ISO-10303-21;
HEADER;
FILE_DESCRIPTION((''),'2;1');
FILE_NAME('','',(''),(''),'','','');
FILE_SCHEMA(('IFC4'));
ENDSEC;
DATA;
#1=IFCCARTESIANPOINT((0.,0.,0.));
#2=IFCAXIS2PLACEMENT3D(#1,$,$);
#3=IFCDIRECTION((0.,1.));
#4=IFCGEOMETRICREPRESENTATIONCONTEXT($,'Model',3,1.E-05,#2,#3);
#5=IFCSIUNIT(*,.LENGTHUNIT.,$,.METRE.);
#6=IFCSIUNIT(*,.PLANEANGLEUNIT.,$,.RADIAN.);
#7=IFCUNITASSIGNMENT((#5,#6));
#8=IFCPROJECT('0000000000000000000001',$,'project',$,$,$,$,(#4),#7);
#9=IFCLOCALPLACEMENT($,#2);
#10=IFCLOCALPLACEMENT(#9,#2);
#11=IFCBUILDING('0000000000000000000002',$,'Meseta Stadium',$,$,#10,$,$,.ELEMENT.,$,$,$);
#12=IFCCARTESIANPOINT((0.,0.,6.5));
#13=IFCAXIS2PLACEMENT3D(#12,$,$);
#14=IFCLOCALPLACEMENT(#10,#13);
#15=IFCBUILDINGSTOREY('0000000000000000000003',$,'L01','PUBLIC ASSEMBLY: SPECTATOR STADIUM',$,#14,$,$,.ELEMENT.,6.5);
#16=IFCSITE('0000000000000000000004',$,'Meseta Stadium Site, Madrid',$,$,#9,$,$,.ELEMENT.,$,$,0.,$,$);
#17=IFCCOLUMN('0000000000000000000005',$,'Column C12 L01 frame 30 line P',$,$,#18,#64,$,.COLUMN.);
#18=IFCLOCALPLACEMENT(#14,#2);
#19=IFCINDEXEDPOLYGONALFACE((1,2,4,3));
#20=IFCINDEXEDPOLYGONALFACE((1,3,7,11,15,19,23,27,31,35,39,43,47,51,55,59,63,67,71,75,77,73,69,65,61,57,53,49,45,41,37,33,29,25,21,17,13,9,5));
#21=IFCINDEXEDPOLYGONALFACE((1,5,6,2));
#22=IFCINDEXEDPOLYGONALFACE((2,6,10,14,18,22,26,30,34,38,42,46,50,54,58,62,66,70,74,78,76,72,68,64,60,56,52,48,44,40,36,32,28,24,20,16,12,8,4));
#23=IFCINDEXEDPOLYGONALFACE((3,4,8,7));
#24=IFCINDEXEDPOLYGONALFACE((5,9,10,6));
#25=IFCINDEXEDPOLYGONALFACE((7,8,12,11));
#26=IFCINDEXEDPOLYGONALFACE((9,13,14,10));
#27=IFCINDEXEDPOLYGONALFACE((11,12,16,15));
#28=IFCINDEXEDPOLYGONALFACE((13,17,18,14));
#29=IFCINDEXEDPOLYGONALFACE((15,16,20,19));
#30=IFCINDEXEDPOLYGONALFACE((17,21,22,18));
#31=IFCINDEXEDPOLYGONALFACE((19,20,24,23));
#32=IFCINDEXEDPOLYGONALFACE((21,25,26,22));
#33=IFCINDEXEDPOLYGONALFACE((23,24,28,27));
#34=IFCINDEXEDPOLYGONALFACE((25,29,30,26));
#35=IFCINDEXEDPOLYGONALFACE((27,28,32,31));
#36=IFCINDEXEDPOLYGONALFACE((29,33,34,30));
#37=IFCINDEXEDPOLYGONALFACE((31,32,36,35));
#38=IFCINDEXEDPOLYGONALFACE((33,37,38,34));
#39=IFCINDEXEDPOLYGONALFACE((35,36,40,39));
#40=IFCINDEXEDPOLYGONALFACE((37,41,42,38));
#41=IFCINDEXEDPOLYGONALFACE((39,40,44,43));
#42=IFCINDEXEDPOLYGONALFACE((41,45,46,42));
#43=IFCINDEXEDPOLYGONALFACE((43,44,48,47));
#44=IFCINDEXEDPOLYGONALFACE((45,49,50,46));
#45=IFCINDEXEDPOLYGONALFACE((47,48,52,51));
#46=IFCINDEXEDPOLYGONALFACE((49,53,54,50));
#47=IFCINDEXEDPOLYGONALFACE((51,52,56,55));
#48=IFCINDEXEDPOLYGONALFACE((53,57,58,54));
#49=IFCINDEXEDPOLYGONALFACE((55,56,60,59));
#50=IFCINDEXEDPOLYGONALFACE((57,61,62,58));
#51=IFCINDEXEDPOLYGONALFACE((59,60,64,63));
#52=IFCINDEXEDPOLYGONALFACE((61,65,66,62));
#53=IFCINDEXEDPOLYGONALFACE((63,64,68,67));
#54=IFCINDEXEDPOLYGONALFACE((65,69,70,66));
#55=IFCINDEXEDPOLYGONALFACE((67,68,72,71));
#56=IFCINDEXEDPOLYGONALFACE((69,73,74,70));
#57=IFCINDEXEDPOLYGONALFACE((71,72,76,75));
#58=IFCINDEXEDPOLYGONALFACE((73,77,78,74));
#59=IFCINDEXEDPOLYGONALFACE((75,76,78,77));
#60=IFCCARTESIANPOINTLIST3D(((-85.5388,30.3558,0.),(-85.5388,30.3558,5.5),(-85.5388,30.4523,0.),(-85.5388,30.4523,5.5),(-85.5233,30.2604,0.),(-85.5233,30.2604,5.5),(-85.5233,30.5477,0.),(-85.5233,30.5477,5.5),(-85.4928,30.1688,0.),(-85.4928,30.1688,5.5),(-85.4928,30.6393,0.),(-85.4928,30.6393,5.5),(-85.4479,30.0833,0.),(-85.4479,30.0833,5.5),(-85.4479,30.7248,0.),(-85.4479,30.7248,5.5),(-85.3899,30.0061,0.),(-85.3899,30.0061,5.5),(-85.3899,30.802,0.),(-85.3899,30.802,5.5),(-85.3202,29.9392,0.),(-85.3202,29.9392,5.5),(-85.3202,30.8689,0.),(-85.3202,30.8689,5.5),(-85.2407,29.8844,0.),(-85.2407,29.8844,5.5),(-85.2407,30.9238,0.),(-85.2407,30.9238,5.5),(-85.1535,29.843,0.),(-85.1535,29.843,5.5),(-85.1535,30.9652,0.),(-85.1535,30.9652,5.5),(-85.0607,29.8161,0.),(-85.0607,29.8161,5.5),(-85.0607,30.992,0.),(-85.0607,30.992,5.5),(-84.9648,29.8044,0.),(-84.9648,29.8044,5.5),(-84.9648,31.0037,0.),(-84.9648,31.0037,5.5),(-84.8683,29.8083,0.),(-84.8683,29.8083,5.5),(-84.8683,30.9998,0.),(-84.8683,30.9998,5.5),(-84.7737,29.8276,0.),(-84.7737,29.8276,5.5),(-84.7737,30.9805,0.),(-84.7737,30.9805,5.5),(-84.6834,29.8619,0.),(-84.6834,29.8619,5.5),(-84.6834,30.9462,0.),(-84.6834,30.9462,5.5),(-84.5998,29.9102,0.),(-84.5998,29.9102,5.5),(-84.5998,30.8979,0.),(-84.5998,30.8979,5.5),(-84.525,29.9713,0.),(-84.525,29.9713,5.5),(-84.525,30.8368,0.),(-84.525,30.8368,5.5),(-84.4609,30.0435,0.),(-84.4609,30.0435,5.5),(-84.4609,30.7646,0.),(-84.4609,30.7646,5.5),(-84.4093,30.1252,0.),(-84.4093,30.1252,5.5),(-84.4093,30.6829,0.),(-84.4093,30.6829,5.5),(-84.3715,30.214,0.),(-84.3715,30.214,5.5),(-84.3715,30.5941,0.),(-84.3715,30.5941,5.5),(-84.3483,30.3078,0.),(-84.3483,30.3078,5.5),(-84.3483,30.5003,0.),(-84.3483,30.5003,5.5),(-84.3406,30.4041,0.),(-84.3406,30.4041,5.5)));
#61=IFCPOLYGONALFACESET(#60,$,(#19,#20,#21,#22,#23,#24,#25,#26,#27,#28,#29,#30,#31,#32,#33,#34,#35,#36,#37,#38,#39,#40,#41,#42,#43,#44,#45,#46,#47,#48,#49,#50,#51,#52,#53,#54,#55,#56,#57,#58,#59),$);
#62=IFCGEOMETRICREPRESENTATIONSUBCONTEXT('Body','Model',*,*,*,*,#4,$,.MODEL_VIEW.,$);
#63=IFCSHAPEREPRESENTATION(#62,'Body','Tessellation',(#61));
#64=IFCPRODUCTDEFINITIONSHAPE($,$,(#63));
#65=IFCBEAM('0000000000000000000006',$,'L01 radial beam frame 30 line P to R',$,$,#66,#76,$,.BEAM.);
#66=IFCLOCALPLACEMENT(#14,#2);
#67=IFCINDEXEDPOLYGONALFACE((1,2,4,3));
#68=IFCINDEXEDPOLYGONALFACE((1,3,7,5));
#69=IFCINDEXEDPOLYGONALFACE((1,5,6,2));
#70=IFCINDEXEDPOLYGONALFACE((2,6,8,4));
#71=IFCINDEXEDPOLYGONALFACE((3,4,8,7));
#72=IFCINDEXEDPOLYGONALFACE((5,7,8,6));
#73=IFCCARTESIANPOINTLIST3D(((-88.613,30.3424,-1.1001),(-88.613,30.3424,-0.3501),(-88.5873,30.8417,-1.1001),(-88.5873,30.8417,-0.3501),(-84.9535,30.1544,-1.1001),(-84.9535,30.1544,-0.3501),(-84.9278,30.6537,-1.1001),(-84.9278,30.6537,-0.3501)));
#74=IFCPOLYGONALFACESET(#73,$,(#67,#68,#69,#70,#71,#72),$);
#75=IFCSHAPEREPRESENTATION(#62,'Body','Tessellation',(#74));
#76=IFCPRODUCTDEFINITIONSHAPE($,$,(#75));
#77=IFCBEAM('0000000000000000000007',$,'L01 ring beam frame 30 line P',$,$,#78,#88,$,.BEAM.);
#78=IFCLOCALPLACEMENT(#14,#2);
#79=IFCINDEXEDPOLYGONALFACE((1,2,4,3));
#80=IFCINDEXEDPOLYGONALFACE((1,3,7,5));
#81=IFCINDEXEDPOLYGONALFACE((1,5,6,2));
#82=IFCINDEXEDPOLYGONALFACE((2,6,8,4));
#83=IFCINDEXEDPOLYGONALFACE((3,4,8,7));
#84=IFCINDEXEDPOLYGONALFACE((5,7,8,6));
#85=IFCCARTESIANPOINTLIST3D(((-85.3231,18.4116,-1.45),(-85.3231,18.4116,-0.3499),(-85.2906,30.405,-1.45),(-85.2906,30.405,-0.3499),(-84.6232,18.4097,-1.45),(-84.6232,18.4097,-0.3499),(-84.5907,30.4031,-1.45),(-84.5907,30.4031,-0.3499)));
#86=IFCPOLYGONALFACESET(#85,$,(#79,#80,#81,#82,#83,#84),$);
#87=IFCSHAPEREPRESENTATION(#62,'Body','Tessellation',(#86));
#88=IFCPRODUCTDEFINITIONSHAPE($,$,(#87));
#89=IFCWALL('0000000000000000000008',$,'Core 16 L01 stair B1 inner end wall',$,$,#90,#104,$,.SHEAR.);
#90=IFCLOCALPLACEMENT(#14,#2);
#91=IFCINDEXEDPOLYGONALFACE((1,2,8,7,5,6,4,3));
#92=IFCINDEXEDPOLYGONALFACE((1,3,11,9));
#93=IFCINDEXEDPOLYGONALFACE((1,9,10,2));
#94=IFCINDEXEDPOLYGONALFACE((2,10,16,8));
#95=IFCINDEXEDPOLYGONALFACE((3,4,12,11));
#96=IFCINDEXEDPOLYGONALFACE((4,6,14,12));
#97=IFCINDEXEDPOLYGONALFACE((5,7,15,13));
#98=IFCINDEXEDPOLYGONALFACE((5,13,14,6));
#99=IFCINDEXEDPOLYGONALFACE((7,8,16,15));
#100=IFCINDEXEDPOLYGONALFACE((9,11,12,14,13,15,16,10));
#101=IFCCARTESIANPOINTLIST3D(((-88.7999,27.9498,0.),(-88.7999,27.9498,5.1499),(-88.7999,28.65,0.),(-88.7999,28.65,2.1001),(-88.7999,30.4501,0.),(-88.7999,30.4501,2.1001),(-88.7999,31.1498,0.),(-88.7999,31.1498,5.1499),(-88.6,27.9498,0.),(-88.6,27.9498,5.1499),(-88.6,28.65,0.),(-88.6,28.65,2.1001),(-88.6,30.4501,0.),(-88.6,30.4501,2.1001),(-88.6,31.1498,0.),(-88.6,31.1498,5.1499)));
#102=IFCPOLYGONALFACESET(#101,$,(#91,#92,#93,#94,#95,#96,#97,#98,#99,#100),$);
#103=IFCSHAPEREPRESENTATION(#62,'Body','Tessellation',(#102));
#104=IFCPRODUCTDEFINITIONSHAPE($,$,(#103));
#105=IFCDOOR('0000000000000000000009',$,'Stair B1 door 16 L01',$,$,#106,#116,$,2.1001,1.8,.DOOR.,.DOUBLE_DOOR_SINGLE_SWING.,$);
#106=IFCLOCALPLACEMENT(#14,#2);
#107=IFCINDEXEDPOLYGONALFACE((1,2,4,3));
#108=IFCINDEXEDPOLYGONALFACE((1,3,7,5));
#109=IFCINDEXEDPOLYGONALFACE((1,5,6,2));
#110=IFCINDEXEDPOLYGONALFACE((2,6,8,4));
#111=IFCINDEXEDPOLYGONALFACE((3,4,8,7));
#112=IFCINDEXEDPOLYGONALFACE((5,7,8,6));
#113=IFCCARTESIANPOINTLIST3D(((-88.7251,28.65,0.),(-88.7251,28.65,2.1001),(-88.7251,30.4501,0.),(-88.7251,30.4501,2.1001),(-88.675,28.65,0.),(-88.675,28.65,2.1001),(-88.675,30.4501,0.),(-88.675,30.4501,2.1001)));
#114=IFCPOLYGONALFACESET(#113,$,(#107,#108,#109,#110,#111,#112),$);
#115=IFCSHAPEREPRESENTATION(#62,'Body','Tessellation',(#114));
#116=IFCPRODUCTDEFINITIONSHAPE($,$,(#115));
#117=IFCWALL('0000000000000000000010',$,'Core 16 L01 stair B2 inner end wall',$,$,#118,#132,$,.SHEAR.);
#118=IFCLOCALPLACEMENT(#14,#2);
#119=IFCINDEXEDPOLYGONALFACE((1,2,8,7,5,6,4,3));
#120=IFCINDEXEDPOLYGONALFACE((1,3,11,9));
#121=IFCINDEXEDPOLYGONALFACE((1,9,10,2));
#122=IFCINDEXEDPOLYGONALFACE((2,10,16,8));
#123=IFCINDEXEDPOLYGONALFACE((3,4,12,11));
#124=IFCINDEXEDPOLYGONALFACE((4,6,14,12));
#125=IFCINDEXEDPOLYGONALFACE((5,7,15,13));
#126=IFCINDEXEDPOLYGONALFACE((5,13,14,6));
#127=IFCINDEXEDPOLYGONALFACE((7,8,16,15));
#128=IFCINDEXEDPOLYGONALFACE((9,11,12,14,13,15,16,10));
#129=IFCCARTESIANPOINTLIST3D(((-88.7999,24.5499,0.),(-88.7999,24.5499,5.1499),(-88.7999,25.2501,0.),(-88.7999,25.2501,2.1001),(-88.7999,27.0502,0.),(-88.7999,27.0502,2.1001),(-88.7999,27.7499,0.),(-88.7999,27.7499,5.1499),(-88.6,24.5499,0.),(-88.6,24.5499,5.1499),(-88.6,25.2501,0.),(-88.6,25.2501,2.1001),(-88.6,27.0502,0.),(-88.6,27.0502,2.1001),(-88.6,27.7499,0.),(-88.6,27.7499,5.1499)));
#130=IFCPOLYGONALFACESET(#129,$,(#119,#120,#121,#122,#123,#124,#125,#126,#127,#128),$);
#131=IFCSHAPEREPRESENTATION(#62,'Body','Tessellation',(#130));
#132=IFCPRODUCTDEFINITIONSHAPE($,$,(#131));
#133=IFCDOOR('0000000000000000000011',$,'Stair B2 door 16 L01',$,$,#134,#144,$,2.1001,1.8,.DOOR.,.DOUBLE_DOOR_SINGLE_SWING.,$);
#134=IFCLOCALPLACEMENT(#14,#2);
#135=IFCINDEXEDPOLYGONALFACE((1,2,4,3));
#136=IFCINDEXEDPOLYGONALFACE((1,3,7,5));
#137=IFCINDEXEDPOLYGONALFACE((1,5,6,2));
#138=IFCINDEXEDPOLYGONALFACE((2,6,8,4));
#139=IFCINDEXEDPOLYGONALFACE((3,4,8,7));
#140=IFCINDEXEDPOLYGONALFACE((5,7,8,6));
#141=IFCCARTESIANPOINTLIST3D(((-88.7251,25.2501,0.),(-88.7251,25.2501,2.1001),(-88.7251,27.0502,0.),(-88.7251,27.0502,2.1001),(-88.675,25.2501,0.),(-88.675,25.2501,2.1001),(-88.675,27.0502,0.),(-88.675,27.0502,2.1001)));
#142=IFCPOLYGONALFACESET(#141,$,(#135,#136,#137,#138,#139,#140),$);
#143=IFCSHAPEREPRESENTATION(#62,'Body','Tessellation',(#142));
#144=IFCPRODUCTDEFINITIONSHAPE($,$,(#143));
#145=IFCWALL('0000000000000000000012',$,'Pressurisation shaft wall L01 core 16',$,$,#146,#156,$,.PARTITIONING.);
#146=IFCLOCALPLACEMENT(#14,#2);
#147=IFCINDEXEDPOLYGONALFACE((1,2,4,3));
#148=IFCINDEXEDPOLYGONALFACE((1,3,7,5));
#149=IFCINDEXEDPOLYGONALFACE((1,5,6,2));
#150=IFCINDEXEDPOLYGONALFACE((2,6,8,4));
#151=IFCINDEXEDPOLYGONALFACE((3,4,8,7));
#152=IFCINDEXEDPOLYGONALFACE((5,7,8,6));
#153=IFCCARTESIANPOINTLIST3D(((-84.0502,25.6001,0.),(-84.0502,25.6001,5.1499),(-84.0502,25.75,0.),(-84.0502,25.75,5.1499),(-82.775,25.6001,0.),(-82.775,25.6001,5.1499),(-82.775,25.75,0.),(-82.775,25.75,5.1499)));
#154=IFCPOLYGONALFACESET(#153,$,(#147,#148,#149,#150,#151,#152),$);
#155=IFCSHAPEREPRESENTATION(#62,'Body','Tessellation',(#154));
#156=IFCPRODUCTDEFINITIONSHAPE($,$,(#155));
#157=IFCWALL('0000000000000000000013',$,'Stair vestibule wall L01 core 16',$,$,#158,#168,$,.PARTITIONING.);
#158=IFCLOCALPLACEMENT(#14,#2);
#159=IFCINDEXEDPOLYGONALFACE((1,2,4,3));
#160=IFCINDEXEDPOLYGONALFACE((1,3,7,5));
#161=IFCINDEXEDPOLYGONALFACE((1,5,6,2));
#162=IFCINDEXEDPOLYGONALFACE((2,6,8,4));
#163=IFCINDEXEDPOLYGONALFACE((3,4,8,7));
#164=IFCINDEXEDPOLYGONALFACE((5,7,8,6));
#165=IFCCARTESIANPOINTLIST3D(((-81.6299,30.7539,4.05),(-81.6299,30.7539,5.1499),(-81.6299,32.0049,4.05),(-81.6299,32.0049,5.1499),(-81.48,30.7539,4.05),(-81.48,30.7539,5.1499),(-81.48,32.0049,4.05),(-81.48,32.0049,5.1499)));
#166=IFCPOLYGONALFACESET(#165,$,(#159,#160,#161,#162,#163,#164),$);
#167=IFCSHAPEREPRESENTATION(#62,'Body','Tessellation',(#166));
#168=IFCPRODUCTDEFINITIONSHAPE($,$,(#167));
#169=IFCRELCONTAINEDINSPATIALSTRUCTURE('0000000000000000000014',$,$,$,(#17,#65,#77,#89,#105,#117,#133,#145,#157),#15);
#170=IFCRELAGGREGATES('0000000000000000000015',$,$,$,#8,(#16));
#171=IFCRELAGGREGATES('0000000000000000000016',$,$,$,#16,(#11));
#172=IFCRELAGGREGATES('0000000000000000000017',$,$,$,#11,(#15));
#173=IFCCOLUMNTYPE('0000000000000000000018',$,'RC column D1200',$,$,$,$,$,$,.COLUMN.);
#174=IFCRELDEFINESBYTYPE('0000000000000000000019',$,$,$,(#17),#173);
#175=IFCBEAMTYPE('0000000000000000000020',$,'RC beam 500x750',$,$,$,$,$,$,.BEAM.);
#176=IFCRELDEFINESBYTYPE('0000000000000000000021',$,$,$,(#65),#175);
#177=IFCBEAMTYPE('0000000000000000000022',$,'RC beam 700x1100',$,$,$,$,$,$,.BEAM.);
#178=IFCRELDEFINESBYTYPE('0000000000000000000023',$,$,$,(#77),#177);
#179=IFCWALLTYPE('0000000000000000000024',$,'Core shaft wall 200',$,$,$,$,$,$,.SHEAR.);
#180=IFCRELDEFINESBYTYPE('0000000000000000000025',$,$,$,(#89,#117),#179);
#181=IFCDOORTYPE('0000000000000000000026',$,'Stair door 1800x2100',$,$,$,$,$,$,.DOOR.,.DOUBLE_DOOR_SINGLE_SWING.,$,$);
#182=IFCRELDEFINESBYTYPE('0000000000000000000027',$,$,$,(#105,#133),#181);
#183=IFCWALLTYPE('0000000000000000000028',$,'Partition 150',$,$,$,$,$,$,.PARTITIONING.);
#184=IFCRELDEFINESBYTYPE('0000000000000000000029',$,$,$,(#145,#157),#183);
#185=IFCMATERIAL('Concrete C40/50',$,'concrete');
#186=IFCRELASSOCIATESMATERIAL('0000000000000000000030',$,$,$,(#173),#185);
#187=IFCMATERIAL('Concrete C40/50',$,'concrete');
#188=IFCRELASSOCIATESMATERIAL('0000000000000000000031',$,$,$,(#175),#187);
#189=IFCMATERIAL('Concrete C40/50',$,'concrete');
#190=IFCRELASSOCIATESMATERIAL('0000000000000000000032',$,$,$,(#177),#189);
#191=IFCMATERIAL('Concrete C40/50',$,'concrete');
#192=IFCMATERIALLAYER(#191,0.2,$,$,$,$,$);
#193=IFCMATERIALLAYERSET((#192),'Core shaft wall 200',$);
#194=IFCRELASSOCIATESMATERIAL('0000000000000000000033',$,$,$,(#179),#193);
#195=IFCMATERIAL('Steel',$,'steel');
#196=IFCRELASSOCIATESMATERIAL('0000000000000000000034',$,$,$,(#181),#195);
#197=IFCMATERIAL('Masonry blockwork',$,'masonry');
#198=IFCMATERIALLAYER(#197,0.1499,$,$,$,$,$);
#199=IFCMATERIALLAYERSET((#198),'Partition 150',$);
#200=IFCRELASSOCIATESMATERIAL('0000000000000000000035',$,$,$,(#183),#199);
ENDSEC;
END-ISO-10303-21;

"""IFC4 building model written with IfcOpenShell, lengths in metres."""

from ifc_helpers import new_model, si_unit, direction, frame, frame_2d, origin, origin_2d, place, context, subcontext, project, spatial, rectangle, circle, extrude, material, layer, layer_set, material_profile, profile_set, type_object, element, fill, save


model = new_model("IFC4")

# Units and contexts
model_context = context("Model", 3, precision=1e-05, world=origin(), true_north=direction((0.0, 1.0)))
body_context = subcontext(model_context, "Body", "Model", "MODEL_VIEW")
ifc_project = project(units=[si_unit("LENGTHUNIT", "METRE"), si_unit("PLANEANGLEUNIT", "RADIAN")], contexts=[model_context])

# Site, building, storey
site_placement = place(None, origin())
site = spatial("IfcSite", under=ifc_project, at=site_placement, Name="Meseta Stadium Site, Madrid", CompositionType="ELEMENT", RefElevation=0.0)
building_placement = place(site_placement, origin())
building = spatial("IfcBuilding", under=site, at=building_placement, Name="Meseta Stadium", CompositionType="ELEMENT")
storey_placement = place(building_placement, frame((0.0, 0.0, 6.5)))
storey = spatial("IfcBuildingStorey", under=building, at=storey_placement, Name="L01", Description="PUBLIC ASSEMBLY: SPECTATOR STADIUM", CompositionType="ELEMENT", Elevation=6.5)

# Column
ifc_material_1 = material(Name="Concrete C40/50", Category="concrete")
ifc_material_profile_1 = material_profile(ifc_material_1, circle(Radius=0.6001, at=origin_2d()), Name="RC D1200")
ifc_profile_set_1 = profile_set([ifc_material_profile_1], Name="Concrete C40/50")
column_type = type_object("IfcColumnType", Name="RC column D1200", PredefinedType="COLUMN", material=ifc_profile_set_1)
column_placement = place(storey_placement, frame((-84.9407, 30.4041, 0.0), z_axis=(0.0, 0.0, 1.0), x_axis=(1.0, 0.0, 0.0)))
element("IfcColumn", 1, at=column_placement, inside=storey, type_object=column_type, Name="Column C12 L01 frame 30 line P", PredefinedType="COLUMN", context=body_context, shape_type="SweptSolid", body=[
    extrude(circle(Radius=0.6001, at=origin_2d()), origin(), (0.0, 0.0, 1.0), 5.5),
])

# Beams
ifc_material_2 = material(Name="Concrete C40/50", Category="concrete")
ifc_material_profile_2 = material_profile(ifc_material_2, rectangle(XDim=0.5, YDim=0.75, at=origin_2d()), Name="RC 500x750")
ifc_profile_set_2 = profile_set([ifc_material_profile_2], Name="Concrete C40/50")
beam_type_1 = type_object("IfcBeamType", Name="RC beam 500x750", PredefinedType="BEAM", material=ifc_profile_set_2)
beam_1_placement = place(storey_placement, frame((-84.9407, 30.4041, -0.7251), z_axis=(-0.998683, 0.051303, 0.0), x_axis=(-0.051303, -0.998683, 0.0)))
element("IfcBeam", 2, at=beam_1_placement, inside=storey, type_object=beam_type_1, Name="L01 radial beam frame 30 line P to R", PredefinedType="BEAM", context=body_context, shape_type="SweptSolid", body=[
    extrude(rectangle(XDim=0.5, YDim=0.75, at=origin_2d()), origin(), (0.0, 0.0, 1.0), 3.6643),
])
ifc_material_3 = material(Name="Concrete C40/50", Category="concrete")
ifc_material_profile_3 = material_profile(ifc_material_3, rectangle(XDim=0.7, YDim=1.1001, at=origin_2d()), Name="RC 700x1100")
ifc_profile_set_3 = profile_set([ifc_material_profile_3], Name="Concrete C40/50")
beam_type_2 = type_object("IfcBeamType", Name="RC beam 700x1100", PredefinedType="BEAM", material=ifc_profile_set_3)
beam_2_placement = place(storey_placement, frame((-84.9407, 30.4041, -0.8999), z_axis=(-0.002707, -0.999996, 0.0), x_axis=(0.999996, -0.002707, 0.0)))
element("IfcBeam", 3, at=beam_2_placement, inside=storey, type_object=beam_type_2, Name="L01 ring beam frame 30 line P", PredefinedType="BEAM", context=body_context, shape_type="SweptSolid", body=[
    extrude(rectangle(XDim=0.7, YDim=1.1001, at=origin_2d()), origin(), (0.0, 0.0, 1.0), 11.9934),
])

# Walls, openings, doors
ifc_material_4 = material(Name="Concrete C40/50", Category="concrete")
ifc_layer_1 = layer(ifc_material_4, 0.2)
ifc_layer_set_1 = layer_set([ifc_layer_1], Name="Core shaft wall 200")
wall_type_1 = type_object("IfcWallType", Name="Core shaft wall 200", PredefinedType="SHEAR", material=ifc_layer_set_1)
wall_1_placement = place(storey_placement, frame((-88.7, 31.1499, 0.0), z_axis=(0.0, 0.0, 1.0), x_axis=(0.0, -1.0, 0.0)))
wall_1 = element("IfcWall", 4, at=wall_1_placement, inside=storey, type_object=wall_type_1, Name="Core 16 L01 stair B1 inner end wall", PredefinedType="SHEAR", context=body_context, shape_type="SweptSolid", body=[
    extrude(rectangle(XDim=3.2, YDim=0.2, at=frame_2d((1.6001, 0.0))), origin(), (0.0, 0.0, 1.0), 5.1499),
])
opening_1_placement = place(wall_1_placement, frame((0.7, 0.0, 0.0)))
opening_1 = element("IfcOpeningElement", 5, at=opening_1_placement, cuts=wall_1, PredefinedType="OPENING", context=body_context, shape_type="SweptSolid", body=[
    extrude(rectangle(XDim=1.8, YDim=2.1001, at=frame_2d((0.8999, 1.05))), frame((0.0, 0.1099, 0.0), z_axis=(0.0, -1.0, 0.0), x_axis=(1.0, 0.0, 0.0)), (0.0, 0.0, 1.0), 0.22),
])
ifc_material_5 = material(Name="Steel", Category="steel")
door_type = type_object("IfcDoorType", Name="Stair door 1800x2100", OperationType="DOUBLE_DOOR_SINGLE_SWING", PredefinedType="DOOR", material=ifc_material_5)
door_1_placement = place(opening_1_placement, origin())
door_1 = element("IfcDoor", 6, at=door_1_placement, inside=storey, type_object=door_type, Name="Stair B1 door 16 L01", OperationType="DOUBLE_DOOR_SINGLE_SWING", OverallHeight=2.1001, OverallWidth=1.8, PredefinedType="DOOR", context=body_context, shape_type="SweptSolid", body=[
    extrude(rectangle(XDim=1.8, YDim=2.1001, at=frame_2d((0.8999, 1.05))), frame((0.0, 0.0249, 0.0), z_axis=(0.0, -1.0, 0.0), x_axis=(1.0, 0.0, 0.0)), (0.0, 0.0, 1.0), 0.05),
])
fill(opening_1, door_1)
wall_2_placement = place(storey_placement, frame((-88.7, 27.75, 0.0), z_axis=(0.0, 0.0, 1.0), x_axis=(0.0, -1.0, 0.0)))
wall_2 = element("IfcWall", 7, at=wall_2_placement, inside=storey, type_object=wall_type_1, Name="Core 16 L01 stair B2 inner end wall", PredefinedType="SHEAR", context=body_context, shape_type="SweptSolid", body=[
    extrude(rectangle(XDim=3.2, YDim=0.2, at=frame_2d((1.6001, 0.0))), origin(), (0.0, 0.0, 1.0), 5.1499),
])
opening_2_placement = place(wall_2_placement, frame((0.7, 0.0, 0.0)))
opening_2 = element("IfcOpeningElement", 8, at=opening_2_placement, cuts=wall_2, PredefinedType="OPENING", context=body_context, shape_type="SweptSolid", body=[
    extrude(rectangle(XDim=1.8, YDim=2.1001, at=frame_2d((0.8999, 1.05))), frame((0.0, 0.1099, 0.0), z_axis=(0.0, -1.0, 0.0), x_axis=(1.0, 0.0, 0.0)), (0.0, 0.0, 1.0), 0.22),
])
door_2_placement = place(opening_2_placement, origin())
door_2 = element("IfcDoor", 9, at=door_2_placement, inside=storey, type_object=door_type, Name="Stair B2 door 16 L01", OperationType="DOUBLE_DOOR_SINGLE_SWING", OverallHeight=2.1001, OverallWidth=1.8, PredefinedType="DOOR", context=body_context, shape_type="SweptSolid", body=[
    extrude(rectangle(XDim=1.8, YDim=2.1001, at=frame_2d((0.8999, 1.05))), frame((0.0, 0.0249, 0.0), z_axis=(0.0, -1.0, 0.0), x_axis=(1.0, 0.0, 0.0)), (0.0, 0.0, 1.0), 0.05),
])
fill(opening_2, door_2)

# Walls
ifc_material_6 = material(Name="Masonry blockwork", Category="masonry")
ifc_layer_2 = layer(ifc_material_6, 0.1499)
ifc_layer_set_2 = layer_set([ifc_layer_2], Name="Partition 150")
wall_type_2 = type_object("IfcWallType", Name="Partition 150", PredefinedType="PARTITIONING", material=ifc_layer_set_2)
wall_3_placement = place(storey_placement, frame((-82.7749, 25.675, 0.0), z_axis=(0.0, 0.0, 1.0), x_axis=(-1.0, 0.0, 0.0)))
element("IfcWall", 10, at=wall_3_placement, inside=storey, type_object=wall_type_2, Name="Pressurisation shaft wall L01 core 16", PredefinedType="PARTITIONING", context=body_context, shape_type="SweptSolid", body=[
    extrude(rectangle(XDim=1.2751, YDim=0.1499, at=frame_2d((0.6377, 0.0))), origin(), (0.0, 0.0, 1.0), 5.1499),
])
wall_4_placement = place(storey_placement, frame((-81.5549, 30.7539, 4.05), z_axis=(0.0, 0.0, 1.0), x_axis=(0.0, 1.0, 0.0)))
element("IfcWall", 11, at=wall_4_placement, inside=storey, type_object=wall_type_2, Name="Stair vestibule wall L01 core 16", PredefinedType="PARTITIONING", context=body_context, shape_type="SweptSolid", body=[
    extrude(rectangle(XDim=1.251, YDim=0.1499, at=frame_2d((0.6255, 0.0))), origin(), (0.0, 0.0, 1.0), 1.0999),
])

save(model, "model.ifc")
